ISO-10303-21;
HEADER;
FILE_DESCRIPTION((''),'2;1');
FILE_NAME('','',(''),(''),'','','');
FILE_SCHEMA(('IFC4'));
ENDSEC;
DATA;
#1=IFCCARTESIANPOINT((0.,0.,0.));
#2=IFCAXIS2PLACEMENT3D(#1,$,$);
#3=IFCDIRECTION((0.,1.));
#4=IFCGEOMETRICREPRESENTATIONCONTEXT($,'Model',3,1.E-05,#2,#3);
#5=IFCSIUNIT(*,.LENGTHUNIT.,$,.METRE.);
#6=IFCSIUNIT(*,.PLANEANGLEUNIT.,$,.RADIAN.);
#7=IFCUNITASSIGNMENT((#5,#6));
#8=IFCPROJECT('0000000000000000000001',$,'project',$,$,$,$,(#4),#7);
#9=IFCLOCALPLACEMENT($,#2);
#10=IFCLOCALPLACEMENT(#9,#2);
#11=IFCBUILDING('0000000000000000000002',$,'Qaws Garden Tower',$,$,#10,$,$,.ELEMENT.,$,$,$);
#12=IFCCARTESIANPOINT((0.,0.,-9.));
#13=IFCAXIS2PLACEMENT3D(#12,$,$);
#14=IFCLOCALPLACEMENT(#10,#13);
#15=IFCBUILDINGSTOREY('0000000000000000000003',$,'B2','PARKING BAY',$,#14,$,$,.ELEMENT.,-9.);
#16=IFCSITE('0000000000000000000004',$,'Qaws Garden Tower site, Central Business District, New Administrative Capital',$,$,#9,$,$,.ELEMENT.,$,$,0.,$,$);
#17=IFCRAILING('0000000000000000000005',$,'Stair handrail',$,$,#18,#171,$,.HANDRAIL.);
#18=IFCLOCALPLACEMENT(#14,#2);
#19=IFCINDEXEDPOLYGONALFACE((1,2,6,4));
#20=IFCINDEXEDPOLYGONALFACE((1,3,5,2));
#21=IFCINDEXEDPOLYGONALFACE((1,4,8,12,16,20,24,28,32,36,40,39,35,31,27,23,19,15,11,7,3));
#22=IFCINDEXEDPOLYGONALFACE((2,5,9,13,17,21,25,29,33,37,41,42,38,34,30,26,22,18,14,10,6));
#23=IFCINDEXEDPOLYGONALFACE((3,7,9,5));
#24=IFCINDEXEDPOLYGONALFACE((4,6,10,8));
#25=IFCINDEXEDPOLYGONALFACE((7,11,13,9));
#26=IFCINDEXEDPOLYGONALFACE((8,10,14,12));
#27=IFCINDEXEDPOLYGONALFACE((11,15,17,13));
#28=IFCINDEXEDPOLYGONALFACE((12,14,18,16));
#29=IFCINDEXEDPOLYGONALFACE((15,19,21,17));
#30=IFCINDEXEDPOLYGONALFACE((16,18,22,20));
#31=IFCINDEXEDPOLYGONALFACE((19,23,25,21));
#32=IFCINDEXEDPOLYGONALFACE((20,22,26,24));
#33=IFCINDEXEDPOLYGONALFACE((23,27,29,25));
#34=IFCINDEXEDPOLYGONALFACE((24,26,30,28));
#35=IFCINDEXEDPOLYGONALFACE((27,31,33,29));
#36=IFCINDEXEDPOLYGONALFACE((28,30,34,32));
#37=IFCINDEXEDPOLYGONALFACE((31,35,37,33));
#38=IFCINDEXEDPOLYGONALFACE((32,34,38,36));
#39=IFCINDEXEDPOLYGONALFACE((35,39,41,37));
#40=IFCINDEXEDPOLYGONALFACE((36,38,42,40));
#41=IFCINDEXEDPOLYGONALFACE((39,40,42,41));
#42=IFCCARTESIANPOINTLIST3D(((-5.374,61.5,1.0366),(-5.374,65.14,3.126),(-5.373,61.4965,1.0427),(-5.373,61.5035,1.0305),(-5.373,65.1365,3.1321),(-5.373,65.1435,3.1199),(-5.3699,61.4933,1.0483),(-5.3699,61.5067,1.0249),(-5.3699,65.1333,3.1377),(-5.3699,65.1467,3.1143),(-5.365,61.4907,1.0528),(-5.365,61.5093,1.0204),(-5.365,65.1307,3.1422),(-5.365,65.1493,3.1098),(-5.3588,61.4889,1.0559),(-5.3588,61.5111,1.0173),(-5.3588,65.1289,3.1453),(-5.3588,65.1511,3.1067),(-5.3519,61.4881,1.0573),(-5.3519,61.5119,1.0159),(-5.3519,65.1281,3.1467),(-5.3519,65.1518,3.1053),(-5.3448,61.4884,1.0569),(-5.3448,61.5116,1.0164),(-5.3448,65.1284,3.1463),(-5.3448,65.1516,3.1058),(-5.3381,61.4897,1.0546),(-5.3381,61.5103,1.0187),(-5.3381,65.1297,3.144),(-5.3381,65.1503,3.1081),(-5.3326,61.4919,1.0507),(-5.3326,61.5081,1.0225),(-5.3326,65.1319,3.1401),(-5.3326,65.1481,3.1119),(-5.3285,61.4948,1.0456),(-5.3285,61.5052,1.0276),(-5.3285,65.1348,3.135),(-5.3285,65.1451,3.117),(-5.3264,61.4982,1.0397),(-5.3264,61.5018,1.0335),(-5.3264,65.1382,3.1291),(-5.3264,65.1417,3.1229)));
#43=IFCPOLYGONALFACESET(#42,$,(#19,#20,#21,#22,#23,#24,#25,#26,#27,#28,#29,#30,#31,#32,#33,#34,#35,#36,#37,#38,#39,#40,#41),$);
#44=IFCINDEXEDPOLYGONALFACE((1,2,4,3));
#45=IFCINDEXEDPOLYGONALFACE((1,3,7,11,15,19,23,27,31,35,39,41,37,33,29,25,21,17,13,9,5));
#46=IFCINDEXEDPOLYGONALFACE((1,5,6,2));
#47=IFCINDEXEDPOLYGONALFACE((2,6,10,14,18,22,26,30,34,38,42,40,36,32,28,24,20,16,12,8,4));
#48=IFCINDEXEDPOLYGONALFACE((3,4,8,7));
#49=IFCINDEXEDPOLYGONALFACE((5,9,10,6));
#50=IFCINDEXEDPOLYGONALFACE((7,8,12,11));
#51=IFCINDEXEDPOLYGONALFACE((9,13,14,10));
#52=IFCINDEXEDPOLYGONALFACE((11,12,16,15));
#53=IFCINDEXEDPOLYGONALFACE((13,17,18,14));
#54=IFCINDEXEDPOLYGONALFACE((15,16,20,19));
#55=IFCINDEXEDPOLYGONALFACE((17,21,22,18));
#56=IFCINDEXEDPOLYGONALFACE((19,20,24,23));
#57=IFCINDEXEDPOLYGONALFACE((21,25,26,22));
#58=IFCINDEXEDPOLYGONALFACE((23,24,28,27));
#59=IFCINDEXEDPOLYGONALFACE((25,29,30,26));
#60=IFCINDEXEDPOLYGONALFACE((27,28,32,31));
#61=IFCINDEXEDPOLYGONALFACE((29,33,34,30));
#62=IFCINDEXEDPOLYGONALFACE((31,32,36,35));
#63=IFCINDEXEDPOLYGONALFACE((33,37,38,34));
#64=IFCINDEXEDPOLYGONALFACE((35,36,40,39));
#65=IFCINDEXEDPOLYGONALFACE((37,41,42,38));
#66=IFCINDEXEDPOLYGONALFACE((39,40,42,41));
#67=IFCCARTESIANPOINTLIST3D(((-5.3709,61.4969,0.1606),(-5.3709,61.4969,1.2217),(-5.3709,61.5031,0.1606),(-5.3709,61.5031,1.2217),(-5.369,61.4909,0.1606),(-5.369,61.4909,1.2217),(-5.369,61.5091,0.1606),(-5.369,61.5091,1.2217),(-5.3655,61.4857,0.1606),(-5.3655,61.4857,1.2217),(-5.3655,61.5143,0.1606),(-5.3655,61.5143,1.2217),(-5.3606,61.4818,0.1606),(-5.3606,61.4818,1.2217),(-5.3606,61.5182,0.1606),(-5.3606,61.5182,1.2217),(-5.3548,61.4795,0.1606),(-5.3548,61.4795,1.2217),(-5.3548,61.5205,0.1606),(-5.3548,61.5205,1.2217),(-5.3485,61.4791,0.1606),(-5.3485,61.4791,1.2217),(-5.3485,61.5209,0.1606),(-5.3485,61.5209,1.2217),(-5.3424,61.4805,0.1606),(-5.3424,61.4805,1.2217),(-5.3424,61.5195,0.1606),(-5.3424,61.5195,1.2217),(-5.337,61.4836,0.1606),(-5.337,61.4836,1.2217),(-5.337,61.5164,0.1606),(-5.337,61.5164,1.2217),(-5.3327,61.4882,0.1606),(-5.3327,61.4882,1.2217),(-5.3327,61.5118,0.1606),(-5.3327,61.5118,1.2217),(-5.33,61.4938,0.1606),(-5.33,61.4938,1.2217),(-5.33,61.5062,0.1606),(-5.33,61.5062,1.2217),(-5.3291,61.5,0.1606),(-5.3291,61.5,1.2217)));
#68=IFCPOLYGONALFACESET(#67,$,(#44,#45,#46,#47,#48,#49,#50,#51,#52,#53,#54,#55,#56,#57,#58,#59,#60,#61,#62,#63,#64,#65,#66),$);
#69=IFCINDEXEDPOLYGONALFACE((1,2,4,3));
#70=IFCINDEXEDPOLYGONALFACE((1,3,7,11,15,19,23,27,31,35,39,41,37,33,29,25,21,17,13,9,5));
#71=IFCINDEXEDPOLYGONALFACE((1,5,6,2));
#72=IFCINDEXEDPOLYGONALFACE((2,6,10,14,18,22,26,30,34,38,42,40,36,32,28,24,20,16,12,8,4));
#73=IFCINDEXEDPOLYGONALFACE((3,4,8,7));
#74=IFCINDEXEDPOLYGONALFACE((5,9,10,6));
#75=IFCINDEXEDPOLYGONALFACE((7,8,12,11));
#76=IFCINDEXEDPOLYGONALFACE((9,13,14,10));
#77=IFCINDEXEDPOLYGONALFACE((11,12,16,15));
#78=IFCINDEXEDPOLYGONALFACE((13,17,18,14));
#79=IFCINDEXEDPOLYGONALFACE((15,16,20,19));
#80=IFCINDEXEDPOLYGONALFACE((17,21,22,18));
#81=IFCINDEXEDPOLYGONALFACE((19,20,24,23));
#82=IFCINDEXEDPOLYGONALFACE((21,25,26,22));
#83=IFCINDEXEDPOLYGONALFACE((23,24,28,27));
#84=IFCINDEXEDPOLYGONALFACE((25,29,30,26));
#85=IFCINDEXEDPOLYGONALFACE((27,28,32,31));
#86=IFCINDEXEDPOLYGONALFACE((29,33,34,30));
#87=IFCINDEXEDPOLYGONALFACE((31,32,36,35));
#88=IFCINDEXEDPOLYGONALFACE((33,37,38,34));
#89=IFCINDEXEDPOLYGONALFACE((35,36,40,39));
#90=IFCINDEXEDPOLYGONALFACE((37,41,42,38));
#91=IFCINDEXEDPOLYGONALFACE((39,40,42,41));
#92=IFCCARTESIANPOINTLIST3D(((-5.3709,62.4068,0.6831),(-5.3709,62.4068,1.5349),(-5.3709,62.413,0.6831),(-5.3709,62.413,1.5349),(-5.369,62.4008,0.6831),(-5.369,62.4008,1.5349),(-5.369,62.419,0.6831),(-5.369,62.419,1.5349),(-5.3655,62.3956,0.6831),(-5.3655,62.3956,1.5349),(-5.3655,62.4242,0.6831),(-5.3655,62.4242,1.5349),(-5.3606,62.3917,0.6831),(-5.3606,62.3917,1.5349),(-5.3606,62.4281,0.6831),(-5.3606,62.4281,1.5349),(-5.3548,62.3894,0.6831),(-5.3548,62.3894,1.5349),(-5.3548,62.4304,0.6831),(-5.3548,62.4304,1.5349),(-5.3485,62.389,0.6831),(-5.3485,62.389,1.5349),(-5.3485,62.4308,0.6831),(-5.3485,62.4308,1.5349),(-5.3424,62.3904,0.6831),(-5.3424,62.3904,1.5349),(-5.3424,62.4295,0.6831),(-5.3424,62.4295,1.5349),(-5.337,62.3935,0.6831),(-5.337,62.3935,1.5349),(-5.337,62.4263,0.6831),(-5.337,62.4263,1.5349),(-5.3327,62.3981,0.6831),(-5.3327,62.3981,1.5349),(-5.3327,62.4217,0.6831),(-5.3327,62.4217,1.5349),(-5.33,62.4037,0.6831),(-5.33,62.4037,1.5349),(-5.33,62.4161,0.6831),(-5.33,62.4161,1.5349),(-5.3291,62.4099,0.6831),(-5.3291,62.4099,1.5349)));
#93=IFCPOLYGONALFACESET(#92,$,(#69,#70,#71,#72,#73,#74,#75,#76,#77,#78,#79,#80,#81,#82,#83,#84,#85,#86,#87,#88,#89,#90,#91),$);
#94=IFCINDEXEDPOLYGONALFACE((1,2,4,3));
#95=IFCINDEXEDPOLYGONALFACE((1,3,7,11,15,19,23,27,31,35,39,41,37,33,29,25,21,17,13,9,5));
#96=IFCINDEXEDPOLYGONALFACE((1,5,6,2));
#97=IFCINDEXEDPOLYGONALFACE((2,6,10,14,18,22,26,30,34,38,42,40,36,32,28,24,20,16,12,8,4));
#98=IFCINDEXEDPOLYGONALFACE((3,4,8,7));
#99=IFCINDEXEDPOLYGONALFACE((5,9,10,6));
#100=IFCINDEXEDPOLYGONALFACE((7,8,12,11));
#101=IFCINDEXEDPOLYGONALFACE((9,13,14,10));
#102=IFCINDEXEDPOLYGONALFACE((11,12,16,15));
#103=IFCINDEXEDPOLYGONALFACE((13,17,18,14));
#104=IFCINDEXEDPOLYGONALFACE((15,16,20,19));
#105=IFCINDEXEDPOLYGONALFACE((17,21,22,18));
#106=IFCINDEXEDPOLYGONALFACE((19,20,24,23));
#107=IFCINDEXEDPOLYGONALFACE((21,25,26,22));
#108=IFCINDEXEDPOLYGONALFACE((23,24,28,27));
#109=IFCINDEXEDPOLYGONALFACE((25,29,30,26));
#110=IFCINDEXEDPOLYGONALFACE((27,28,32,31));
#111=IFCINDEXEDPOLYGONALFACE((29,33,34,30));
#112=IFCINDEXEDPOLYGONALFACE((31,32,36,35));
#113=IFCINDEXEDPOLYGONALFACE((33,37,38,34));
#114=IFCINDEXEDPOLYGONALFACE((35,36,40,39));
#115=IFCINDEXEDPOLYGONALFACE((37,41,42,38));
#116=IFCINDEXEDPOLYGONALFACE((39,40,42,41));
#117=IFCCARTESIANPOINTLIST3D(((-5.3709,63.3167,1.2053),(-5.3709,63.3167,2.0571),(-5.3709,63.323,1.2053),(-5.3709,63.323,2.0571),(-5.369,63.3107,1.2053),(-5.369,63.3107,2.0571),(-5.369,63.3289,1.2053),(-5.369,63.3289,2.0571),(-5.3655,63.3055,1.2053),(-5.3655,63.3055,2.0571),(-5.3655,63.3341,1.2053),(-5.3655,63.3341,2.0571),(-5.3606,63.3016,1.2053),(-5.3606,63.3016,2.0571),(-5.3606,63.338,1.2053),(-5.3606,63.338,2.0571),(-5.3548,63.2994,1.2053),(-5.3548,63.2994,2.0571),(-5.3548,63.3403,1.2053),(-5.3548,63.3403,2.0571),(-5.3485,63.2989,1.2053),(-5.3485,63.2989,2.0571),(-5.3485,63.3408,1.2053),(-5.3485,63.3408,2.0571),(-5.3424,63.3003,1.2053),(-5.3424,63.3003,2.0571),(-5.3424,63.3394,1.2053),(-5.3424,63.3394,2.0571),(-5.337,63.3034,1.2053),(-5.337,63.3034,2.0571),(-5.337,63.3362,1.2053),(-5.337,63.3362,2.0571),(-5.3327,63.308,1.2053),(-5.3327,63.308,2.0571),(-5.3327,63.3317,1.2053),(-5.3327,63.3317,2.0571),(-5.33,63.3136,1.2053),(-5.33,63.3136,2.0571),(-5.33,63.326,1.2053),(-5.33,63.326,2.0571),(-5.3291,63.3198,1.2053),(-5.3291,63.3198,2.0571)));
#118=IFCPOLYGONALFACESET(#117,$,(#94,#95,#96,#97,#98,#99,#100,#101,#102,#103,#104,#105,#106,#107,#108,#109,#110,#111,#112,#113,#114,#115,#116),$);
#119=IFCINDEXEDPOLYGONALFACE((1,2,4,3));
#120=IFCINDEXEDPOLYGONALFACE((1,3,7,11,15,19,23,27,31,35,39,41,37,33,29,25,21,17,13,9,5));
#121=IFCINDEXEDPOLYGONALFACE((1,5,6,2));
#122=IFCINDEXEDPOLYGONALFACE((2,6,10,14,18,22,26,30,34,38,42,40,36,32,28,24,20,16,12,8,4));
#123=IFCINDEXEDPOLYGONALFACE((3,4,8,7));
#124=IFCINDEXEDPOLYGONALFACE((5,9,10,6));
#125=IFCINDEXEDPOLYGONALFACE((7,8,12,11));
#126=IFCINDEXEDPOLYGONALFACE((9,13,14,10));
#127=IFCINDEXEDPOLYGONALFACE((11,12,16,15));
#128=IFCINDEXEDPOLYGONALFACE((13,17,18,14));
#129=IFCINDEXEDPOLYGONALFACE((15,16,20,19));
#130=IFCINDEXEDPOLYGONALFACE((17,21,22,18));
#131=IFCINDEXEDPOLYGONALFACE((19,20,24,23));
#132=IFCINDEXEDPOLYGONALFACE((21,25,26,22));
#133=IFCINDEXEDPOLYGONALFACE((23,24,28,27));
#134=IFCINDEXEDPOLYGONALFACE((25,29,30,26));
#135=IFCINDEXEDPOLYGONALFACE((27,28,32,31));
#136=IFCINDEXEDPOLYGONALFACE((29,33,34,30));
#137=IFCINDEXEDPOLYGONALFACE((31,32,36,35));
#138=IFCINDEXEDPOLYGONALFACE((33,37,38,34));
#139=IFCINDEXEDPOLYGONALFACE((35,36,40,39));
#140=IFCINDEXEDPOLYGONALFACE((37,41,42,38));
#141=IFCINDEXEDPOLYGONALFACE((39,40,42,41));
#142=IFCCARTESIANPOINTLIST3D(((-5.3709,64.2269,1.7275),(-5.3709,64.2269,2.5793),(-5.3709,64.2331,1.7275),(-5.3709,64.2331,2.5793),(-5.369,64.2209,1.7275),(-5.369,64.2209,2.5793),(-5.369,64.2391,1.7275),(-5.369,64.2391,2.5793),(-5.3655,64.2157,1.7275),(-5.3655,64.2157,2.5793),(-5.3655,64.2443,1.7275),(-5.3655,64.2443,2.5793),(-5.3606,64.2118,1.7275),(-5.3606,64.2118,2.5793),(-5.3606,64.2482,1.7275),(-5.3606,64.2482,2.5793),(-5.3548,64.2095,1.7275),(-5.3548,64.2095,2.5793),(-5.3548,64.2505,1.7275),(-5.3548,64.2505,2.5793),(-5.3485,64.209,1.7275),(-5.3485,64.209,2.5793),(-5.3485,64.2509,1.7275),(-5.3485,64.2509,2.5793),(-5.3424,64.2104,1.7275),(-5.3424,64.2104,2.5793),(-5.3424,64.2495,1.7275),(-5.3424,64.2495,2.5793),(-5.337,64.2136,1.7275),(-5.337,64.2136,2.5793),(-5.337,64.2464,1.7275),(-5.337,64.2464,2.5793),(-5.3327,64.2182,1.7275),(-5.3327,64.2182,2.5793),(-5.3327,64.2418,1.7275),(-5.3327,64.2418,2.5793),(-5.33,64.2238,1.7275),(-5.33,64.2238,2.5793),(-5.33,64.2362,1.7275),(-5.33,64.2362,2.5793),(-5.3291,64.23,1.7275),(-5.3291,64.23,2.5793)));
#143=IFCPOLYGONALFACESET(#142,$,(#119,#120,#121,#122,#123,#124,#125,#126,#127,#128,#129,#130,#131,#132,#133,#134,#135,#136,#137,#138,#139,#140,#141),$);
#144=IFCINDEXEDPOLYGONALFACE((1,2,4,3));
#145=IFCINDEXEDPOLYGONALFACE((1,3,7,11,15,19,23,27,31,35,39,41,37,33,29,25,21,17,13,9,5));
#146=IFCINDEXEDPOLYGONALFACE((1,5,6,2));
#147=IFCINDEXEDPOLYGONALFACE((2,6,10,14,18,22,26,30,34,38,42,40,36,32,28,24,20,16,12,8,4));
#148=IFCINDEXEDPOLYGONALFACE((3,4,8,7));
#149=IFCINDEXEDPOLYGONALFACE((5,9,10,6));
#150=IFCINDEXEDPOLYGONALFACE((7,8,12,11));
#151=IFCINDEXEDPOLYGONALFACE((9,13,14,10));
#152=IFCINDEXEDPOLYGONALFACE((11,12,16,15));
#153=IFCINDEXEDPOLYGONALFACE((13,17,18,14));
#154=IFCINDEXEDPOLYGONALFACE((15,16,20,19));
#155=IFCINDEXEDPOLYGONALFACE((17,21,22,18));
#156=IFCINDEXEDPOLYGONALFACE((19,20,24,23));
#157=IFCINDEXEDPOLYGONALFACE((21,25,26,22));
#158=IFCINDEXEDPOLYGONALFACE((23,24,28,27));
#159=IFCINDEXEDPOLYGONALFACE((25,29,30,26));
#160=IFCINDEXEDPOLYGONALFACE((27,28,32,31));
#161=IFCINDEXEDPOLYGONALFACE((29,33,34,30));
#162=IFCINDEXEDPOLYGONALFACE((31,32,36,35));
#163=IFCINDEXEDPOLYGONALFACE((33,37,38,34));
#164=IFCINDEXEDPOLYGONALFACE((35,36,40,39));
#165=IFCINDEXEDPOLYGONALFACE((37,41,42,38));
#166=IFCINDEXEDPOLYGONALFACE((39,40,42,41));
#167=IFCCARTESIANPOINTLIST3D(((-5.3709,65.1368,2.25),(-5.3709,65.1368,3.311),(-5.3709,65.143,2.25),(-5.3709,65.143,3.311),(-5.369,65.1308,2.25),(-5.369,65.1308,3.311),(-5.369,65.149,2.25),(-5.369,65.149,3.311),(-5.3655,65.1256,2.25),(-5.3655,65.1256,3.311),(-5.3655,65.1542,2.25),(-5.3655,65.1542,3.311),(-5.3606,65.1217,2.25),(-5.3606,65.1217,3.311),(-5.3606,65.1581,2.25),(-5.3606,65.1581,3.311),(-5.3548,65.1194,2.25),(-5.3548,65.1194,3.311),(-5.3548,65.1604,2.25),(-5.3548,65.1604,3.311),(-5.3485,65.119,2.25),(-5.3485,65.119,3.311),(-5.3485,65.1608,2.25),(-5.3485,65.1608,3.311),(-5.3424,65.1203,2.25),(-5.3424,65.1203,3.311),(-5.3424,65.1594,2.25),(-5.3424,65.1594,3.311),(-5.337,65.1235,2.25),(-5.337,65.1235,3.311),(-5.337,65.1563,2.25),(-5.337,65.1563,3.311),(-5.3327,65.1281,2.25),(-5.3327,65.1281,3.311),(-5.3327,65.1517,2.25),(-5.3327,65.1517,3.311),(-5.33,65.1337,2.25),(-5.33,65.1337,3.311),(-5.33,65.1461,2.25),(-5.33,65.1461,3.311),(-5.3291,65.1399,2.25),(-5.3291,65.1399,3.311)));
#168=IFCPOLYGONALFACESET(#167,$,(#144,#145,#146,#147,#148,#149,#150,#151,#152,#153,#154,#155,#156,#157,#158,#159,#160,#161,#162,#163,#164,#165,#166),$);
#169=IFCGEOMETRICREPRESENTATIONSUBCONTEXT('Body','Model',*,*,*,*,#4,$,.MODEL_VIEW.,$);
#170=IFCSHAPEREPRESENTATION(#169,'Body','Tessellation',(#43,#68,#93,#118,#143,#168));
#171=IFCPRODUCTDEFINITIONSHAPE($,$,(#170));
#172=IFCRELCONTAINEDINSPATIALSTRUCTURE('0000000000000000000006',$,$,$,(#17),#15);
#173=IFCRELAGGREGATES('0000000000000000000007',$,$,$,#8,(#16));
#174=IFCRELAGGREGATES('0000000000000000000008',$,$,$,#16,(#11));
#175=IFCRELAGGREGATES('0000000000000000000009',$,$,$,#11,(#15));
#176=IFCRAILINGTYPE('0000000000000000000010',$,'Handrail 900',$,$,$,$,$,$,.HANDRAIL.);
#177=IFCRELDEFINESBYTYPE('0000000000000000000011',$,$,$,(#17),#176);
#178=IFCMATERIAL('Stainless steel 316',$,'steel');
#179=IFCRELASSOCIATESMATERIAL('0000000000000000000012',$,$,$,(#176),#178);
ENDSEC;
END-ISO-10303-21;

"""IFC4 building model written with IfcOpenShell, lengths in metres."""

from ifc_helpers import new_model, si_unit, direction, frame, origin, origin_2d, place, context, subcontext, project, spatial, circle, extrude, material, type_object, element, save


model = new_model("IFC4")

# Units and contexts
model_context = context("Model", 3, precision=1e-05, world=origin(), true_north=direction((0.0, 1.0)))
body_context = subcontext(model_context, "Body", "Model", "MODEL_VIEW")
ifc_project = project(units=[si_unit("LENGTHUNIT", "METRE"), si_unit("PLANEANGLEUNIT", "RADIAN")], contexts=[model_context])

# Site, building, storey
site_placement = place(None, origin())
site = spatial("IfcSite", under=ifc_project, at=site_placement, Name="Qaws Garden Tower site, Central Business District, New Administrative Capital", CompositionType="ELEMENT", RefElevation=0.0)
building_placement = place(site_placement, origin())
building = spatial("IfcBuilding", under=site, at=building_placement, Name="Qaws Garden Tower", CompositionType="ELEMENT")
storey_placement = place(building_placement, frame((0.0, 0.0, -9.0)))
storey = spatial("IfcBuildingStorey", under=building, at=storey_placement, Name="B2", Description="PARKING BAY", CompositionType="ELEMENT", Elevation=-9.0)

# Railing
ifc_material_1 = material(Name="Stainless steel 316", Category="steel")
railing_type_1 = type_object("IfcRailingType", Name="Handrail 900", PredefinedType="HANDRAIL", material=ifc_material_1)
for number, where, name in (
    (1, (-5.3501, 61.5, 0.1606), "Stair handrail"),
):
    element("IfcRailing", number, at=place(storey_placement, frame(where)), inside=storey, type_object=railing_type_1, Name=name, PredefinedType="HANDRAIL", context=body_context, shape_type="SweptSolid", body=[
        extrude(circle(Radius=0.0239, at=origin_2d()), frame((0.0, 0.0, 0.876), z_axis=(0.0, 0.867275, 0.497829), x_axis=(-1.0, 0.0, 0.0)), (0.0, 0.0, 1.0), 4.197),
        extrude(circle(Radius=0.021, at=origin_2d()), origin(), (0.0, 0.0, 1.0), 1.061),
        extrude(circle(Radius=0.021, at=origin_2d()), frame((0.0, 0.9099, 0.5225)), (0.0, 0.0, 1.0), 0.8518),
        extrude(circle(Radius=0.021, at=origin_2d()), frame((0.0, 1.8198, 1.0447)), (0.0, 0.0, 1.0), 0.8518),
        extrude(circle(Radius=0.021, at=origin_2d()), frame((0.0, 2.73, 1.5669)), (0.0, 0.0, 1.0), 0.8518),
        extrude(circle(Radius=0.021, at=origin_2d()), frame((0.0, 3.6399, 2.0894)), (0.0, 0.0, 1.0), 1.061),
    ])

save(model, "model.ifc")
